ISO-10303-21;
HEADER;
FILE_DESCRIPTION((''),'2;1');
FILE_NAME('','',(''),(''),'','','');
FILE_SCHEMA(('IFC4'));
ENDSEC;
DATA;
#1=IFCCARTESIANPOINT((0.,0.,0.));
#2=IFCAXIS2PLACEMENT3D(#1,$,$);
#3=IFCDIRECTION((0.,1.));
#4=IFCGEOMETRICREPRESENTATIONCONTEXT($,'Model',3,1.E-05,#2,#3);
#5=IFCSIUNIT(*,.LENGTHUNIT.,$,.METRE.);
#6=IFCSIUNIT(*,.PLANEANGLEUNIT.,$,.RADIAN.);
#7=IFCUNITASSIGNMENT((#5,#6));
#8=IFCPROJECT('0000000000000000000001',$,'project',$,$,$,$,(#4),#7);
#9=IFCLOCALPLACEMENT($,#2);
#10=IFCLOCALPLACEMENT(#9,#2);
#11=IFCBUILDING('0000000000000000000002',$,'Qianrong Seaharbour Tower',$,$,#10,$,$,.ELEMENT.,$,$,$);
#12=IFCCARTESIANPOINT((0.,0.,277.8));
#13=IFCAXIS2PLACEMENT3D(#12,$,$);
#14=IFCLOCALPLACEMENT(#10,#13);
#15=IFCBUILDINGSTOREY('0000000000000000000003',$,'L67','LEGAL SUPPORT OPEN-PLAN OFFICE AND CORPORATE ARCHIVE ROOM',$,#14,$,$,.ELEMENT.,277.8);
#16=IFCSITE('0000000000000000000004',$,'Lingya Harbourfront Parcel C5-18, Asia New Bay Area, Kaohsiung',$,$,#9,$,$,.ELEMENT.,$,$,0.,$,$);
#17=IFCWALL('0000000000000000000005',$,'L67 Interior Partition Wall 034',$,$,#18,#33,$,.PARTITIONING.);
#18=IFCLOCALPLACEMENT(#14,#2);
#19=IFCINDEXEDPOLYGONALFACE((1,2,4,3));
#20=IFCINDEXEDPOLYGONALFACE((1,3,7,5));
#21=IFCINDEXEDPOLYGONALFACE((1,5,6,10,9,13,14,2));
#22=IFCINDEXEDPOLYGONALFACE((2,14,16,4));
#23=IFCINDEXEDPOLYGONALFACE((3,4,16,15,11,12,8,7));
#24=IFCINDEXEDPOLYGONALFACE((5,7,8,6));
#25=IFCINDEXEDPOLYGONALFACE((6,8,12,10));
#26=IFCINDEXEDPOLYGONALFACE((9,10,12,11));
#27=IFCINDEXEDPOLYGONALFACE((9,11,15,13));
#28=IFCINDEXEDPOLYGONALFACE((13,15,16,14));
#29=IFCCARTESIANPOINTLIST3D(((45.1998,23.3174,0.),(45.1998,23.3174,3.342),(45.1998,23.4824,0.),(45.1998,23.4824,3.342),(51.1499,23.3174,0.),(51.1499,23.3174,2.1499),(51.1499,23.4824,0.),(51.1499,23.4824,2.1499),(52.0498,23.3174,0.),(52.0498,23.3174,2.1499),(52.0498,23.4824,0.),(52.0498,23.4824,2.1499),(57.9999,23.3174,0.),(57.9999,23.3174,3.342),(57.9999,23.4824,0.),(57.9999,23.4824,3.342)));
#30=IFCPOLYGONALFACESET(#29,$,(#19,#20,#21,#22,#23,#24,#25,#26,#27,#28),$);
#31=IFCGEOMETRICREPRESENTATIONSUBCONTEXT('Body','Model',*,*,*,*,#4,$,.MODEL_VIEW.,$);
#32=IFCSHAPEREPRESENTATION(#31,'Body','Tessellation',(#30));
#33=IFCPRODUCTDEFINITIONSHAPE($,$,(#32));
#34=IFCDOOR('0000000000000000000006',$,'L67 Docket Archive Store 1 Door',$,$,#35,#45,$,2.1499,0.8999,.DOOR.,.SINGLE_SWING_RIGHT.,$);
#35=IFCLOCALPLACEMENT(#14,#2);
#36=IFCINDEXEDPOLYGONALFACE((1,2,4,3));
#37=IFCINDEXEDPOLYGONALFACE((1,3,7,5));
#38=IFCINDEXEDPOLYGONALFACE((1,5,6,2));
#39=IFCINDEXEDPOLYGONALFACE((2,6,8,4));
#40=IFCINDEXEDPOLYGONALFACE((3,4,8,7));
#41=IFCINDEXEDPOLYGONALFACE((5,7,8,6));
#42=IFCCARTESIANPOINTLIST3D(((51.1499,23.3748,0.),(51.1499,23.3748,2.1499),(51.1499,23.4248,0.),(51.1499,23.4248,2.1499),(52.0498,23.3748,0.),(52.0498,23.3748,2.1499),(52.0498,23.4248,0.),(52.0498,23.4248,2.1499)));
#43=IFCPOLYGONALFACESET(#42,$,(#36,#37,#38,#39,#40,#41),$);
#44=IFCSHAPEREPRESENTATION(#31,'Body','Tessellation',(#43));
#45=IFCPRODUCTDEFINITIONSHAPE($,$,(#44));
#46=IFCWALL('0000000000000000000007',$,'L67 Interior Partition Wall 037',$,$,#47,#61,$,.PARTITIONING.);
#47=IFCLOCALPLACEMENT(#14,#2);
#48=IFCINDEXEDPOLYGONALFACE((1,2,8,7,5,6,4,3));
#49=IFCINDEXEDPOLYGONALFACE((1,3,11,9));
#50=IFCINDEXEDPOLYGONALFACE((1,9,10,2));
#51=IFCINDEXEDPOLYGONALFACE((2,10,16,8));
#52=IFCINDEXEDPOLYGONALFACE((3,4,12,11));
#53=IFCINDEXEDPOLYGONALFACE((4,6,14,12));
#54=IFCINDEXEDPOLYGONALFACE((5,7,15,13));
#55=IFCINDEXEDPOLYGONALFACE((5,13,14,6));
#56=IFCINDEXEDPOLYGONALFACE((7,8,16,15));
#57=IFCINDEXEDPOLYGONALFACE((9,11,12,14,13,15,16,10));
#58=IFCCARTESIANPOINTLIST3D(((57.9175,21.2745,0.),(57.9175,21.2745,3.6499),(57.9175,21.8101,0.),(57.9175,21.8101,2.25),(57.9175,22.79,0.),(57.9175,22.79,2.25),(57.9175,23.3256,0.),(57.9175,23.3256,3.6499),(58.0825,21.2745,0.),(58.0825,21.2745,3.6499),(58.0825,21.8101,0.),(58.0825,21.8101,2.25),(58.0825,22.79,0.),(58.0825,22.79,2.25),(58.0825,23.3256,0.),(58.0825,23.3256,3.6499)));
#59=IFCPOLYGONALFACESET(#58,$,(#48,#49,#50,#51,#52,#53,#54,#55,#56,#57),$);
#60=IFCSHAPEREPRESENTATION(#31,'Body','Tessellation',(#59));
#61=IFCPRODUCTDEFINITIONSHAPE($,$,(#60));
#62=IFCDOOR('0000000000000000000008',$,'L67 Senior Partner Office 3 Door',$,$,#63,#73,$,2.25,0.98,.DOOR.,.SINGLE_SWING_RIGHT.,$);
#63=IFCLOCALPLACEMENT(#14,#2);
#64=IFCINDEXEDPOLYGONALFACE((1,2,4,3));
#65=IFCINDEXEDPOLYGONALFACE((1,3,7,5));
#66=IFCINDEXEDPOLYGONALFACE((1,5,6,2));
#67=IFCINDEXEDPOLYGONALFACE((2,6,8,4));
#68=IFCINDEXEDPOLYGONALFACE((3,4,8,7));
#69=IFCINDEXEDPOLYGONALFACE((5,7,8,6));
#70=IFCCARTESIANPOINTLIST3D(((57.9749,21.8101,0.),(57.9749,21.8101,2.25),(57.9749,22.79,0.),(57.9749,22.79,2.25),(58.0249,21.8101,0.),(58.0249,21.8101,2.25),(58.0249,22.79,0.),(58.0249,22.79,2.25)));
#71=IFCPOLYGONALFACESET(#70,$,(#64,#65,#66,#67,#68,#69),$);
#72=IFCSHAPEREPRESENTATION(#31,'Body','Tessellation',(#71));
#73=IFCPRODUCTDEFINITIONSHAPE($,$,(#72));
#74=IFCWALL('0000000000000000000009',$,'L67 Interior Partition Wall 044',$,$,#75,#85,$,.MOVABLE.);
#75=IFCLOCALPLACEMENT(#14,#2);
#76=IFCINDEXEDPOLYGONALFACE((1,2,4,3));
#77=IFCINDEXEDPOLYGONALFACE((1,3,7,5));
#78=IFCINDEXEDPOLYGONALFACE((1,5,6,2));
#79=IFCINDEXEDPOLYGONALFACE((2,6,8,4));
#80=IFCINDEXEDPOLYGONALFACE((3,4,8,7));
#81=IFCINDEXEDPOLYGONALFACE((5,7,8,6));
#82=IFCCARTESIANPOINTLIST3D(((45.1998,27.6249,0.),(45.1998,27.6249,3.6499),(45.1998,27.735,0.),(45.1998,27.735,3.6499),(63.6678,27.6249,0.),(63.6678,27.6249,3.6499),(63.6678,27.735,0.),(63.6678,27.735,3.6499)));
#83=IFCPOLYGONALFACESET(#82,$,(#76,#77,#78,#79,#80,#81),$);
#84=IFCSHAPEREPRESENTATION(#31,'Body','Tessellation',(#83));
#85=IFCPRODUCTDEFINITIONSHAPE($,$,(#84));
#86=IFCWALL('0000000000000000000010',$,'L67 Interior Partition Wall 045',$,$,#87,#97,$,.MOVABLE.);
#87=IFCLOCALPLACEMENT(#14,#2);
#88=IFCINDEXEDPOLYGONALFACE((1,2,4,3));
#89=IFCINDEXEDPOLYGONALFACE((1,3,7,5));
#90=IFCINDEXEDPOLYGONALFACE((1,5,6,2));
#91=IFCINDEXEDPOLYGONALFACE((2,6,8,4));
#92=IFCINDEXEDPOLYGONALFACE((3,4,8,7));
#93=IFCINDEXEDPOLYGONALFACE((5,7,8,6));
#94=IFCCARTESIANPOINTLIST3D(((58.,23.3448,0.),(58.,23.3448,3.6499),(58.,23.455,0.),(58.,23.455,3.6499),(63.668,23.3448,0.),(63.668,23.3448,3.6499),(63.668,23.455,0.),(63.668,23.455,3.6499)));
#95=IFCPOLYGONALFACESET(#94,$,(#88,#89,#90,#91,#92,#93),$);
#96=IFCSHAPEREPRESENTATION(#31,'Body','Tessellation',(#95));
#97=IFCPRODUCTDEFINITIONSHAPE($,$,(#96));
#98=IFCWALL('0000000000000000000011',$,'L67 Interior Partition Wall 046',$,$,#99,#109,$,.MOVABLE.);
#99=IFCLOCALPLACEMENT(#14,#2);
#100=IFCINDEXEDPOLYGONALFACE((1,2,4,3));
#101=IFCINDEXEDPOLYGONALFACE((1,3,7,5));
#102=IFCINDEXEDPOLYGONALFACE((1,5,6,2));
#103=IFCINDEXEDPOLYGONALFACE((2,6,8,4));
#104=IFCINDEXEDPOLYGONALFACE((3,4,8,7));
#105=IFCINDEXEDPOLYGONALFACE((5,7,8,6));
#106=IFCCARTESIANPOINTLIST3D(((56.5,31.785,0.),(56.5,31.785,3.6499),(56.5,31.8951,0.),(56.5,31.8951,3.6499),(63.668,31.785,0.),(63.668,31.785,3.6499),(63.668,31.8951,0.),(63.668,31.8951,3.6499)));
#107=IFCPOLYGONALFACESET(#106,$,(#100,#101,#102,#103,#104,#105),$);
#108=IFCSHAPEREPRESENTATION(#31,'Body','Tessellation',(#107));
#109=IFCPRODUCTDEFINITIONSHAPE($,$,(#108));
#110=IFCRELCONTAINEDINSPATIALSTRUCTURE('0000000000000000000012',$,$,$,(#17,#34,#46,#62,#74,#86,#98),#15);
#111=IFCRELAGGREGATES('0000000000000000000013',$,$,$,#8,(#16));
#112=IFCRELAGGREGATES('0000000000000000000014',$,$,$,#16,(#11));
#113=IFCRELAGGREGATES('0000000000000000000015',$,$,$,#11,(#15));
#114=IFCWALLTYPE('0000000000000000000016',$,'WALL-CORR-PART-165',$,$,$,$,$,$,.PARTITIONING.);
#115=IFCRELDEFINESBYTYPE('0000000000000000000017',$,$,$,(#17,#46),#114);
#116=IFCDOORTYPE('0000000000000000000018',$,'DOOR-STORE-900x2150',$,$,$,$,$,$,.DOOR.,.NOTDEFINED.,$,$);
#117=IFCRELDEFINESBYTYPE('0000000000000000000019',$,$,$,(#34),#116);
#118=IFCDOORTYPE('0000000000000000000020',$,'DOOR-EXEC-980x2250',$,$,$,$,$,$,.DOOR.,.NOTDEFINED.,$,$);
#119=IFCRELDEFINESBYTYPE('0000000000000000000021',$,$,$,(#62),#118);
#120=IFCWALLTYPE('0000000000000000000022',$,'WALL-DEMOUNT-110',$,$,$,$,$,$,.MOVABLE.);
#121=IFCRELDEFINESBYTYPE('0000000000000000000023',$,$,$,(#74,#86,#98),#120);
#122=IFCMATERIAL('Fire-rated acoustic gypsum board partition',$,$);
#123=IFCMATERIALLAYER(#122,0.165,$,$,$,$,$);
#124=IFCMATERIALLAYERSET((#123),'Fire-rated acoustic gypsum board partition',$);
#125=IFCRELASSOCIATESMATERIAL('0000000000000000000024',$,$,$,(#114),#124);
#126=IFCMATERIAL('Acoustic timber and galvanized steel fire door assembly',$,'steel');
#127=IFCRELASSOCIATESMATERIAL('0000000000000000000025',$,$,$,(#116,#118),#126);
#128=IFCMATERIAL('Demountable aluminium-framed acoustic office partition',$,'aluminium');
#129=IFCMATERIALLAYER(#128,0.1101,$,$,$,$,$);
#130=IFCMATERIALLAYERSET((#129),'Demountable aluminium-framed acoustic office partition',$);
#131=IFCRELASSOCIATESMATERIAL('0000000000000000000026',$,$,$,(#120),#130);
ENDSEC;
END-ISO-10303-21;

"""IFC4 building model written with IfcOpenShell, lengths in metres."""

from ifc_helpers import new_model, si_unit, direction, frame, frame_2d, origin, place, context, subcontext, project, spatial, rectangle, extrude, material, layer, layer_set, type_object, element, fill, save


model = new_model("IFC4")

# Units and contexts
model_context = context("Model", 3, precision=1e-05, world=origin(), true_north=direction((0.0, 1.0)))
body_context = subcontext(model_context, "Body", "Model", "MODEL_VIEW")
ifc_project = project(units=[si_unit("LENGTHUNIT", "METRE"), si_unit("PLANEANGLEUNIT", "RADIAN")], contexts=[model_context])

# Site, building, storey
site_placement = place(None, origin())
site = spatial("IfcSite", under=ifc_project, at=site_placement, Name="Lingya Harbourfront Parcel C5-18, Asia New Bay Area, Kaohsiung", CompositionType="ELEMENT", RefElevation=0.0)
building_placement = place(site_placement, origin())
building = spatial("IfcBuilding", under=site, at=building_placement, Name="Qianrong Seaharbour Tower", CompositionType="ELEMENT")
storey_placement = place(building_placement, frame((0.0, 0.0, 277.8)))
storey = spatial("IfcBuildingStorey", under=building, at=storey_placement, Name="L67", Description="LEGAL SUPPORT OPEN-PLAN OFFICE AND CORPORATE ARCHIVE ROOM", CompositionType="ELEMENT", Elevation=277.8)

# Shared definitions
ifc_material_1 = material(Name="Fire-rated acoustic gypsum board partition")
ifc_layer_1 = layer(ifc_material_1, 0.165)
ifc_layer_set_1 = layer_set([ifc_layer_1], Name="Fire-rated acoustic gypsum board partition")
wall_type_1 = type_object("IfcWallType", Name="WALL-CORR-PART-165", PredefinedType="PARTITIONING", material=ifc_layer_set_1)

# Shared definitions
ifc_material_2 = material(Name="Acoustic timber and galvanized steel fire door assembly", Category="steel")
door_type_1 = type_object("IfcDoorType", Name="DOOR-STORE-900x2150", OperationType="NOTDEFINED", PredefinedType="DOOR", material=ifc_material_2)

# Walls, openings, doors
wall_1_placement = place(storey_placement, frame((45.2, 23.3999, 0.0), z_axis=(0.0, 0.0, 1.0), x_axis=(1.0, 0.0, 0.0)))
wall_1 = element("IfcWall", 1, at=wall_1_placement, inside=storey, type_object=wall_type_1, Name="L67 Interior Partition Wall 034", PredefinedType="PARTITIONING", context=body_context, shape_type="SweptSolid", body=[
    extrude(rectangle(XDim=12.8, YDim=0.165, at=frame_2d((6.3999, 0.0))), origin(), (0.0, 0.0, 1.0), 3.342),
])
opening_1_placement = place(wall_1_placement, frame((5.95, 0.0, 0.0)))
opening_1 = element("IfcOpeningElement", 2, at=opening_1_placement, cuts=wall_1, PredefinedType="OPENING", context=body_context, shape_type="SweptSolid", body=[
    extrude(rectangle(XDim=0.8999, YDim=2.1499, at=frame_2d((0.45, 1.075))), frame((0.0, 0.0925, 0.0), z_axis=(0.0, -1.0, 0.0), x_axis=(1.0, 0.0, 0.0)), (0.0, 0.0, 1.0), 0.1851),
])
door_1_placement = place(opening_1_placement, origin())
door_1 = element("IfcDoor", 3, at=door_1_placement, inside=storey, type_object=door_type_1, Name="L67 Docket Archive Store 1 Door", OperationType="SINGLE_SWING_RIGHT", OverallHeight=2.1499, OverallWidth=0.8999, PredefinedType="DOOR", context=body_context, shape_type="SweptSolid", body=[
    extrude(rectangle(XDim=0.8999, YDim=2.1499, at=frame_2d((0.45, 1.075))), frame((0.0, 0.0249, 0.0), z_axis=(0.0, -1.0, 0.0), x_axis=(1.0, 0.0, 0.0)), (0.0, 0.0, 1.0), 0.05),
])
fill(opening_1, door_1)
wall_2_placement = place(storey_placement, frame((58.0, 23.3254, 0.0), z_axis=(0.0, 0.0, 1.0), x_axis=(0.0, -1.0, 0.0)))
wall_2 = element("IfcWall", 4, at=wall_2_placement, inside=storey, type_object=wall_type_1, Name="L67 Interior Partition Wall 037", PredefinedType="PARTITIONING", context=body_context, shape_type="SweptSolid", body=[
    extrude(rectangle(XDim=2.051, YDim=0.165, at=frame_2d((1.0254, 0.0))), origin(), (0.0, 0.0, 1.0), 3.6499),
])
opening_2_placement = place(wall_2_placement, frame((0.5354, 0.0, 0.0)))
opening_2 = element("IfcOpeningElement", 5, at=opening_2_placement, cuts=wall_2, PredefinedType="OPENING", context=body_context, shape_type="SweptSolid", body=[
    extrude(rectangle(XDim=0.98, YDim=2.25, at=frame_2d((0.49, 1.125))), frame((0.0, 0.0925, 0.0), z_axis=(0.0, -1.0, 0.0), x_axis=(1.0, 0.0, 0.0)), (0.0, 0.0, 1.0), 0.1851),
])
door_type_2 = type_object("IfcDoorType", Name="DOOR-EXEC-980x2250", OperationType="NOTDEFINED", PredefinedType="DOOR", material=ifc_material_2)
door_2_placement = place(opening_2_placement, origin())
door_2 = element("IfcDoor", 6, at=door_2_placement, inside=storey, type_object=door_type_2, Name="L67 Senior Partner Office 3 Door", OperationType="SINGLE_SWING_RIGHT", OverallHeight=2.25, OverallWidth=0.98, PredefinedType="DOOR", context=body_context, shape_type="SweptSolid", body=[
    extrude(rectangle(XDim=0.98, YDim=2.25, at=frame_2d((0.49, 1.125))), frame((0.0, 0.0249, 0.0), z_axis=(0.0, -1.0, 0.0), x_axis=(1.0, 0.0, 0.0)), (0.0, 0.0, 1.0), 0.05),
])
fill(opening_2, door_2)

# Walls
ifc_material_3 = material(Name="Demountable aluminium-framed acoustic office partition", Category="aluminium")
ifc_layer_2 = layer(ifc_material_3, 0.1101)
ifc_layer_set_2 = layer_set([ifc_layer_2], Name="Demountable aluminium-framed acoustic office partition")
wall_type_2 = type_object("IfcWallType", Name="WALL-DEMOUNT-110", PredefinedType="MOVABLE", material=ifc_layer_set_2)
wall_3_placement = place(storey_placement, frame((45.2, 27.6799, 0.0), z_axis=(0.0, 0.0, 1.0), x_axis=(1.0, 0.0, 0.0)))
element("IfcWall", 7, at=wall_3_placement, inside=storey, type_object=wall_type_2, Name="L67 Interior Partition Wall 044", PredefinedType="MOVABLE", context=body_context, shape_type="SweptSolid", body=[
    extrude(rectangle(XDim=18.468, YDim=0.1101, at=frame_2d((9.2339, 0.0))), origin(), (0.0, 0.0, 1.0), 3.6499),
])
wall_4_placement = place(storey_placement, frame((63.668, 23.3999, 0.0), z_axis=(0.0, 0.0, 1.0), x_axis=(-1.0, 0.0, 0.0)))
element("IfcWall", 8, at=wall_4_placement, inside=storey, type_object=wall_type_2, Name="L67 Interior Partition Wall 045", PredefinedType="MOVABLE", context=body_context, shape_type="SweptSolid", body=[
    extrude(rectangle(XDim=5.668, YDim=0.1101, at=frame_2d((2.834, 0.0))), origin(), (0.0, 0.0, 1.0), 3.6499),
])
wall_5_placement = place(storey_placement, frame((56.5, 31.8401, 0.0), z_axis=(0.0, 0.0, 1.0), x_axis=(1.0, 0.0, 0.0)))
element("IfcWall", 9, at=wall_5_placement, inside=storey, type_object=wall_type_2, Name="L67 Interior Partition Wall 046", PredefinedType="MOVABLE", context=body_context, shape_type="SweptSolid", body=[
    extrude(rectangle(XDim=7.168, YDim=0.1101, at=frame_2d((3.584, 0.0))), origin(), (0.0, 0.0, 1.0), 3.6499),
])

save(model, "model.ifc")
